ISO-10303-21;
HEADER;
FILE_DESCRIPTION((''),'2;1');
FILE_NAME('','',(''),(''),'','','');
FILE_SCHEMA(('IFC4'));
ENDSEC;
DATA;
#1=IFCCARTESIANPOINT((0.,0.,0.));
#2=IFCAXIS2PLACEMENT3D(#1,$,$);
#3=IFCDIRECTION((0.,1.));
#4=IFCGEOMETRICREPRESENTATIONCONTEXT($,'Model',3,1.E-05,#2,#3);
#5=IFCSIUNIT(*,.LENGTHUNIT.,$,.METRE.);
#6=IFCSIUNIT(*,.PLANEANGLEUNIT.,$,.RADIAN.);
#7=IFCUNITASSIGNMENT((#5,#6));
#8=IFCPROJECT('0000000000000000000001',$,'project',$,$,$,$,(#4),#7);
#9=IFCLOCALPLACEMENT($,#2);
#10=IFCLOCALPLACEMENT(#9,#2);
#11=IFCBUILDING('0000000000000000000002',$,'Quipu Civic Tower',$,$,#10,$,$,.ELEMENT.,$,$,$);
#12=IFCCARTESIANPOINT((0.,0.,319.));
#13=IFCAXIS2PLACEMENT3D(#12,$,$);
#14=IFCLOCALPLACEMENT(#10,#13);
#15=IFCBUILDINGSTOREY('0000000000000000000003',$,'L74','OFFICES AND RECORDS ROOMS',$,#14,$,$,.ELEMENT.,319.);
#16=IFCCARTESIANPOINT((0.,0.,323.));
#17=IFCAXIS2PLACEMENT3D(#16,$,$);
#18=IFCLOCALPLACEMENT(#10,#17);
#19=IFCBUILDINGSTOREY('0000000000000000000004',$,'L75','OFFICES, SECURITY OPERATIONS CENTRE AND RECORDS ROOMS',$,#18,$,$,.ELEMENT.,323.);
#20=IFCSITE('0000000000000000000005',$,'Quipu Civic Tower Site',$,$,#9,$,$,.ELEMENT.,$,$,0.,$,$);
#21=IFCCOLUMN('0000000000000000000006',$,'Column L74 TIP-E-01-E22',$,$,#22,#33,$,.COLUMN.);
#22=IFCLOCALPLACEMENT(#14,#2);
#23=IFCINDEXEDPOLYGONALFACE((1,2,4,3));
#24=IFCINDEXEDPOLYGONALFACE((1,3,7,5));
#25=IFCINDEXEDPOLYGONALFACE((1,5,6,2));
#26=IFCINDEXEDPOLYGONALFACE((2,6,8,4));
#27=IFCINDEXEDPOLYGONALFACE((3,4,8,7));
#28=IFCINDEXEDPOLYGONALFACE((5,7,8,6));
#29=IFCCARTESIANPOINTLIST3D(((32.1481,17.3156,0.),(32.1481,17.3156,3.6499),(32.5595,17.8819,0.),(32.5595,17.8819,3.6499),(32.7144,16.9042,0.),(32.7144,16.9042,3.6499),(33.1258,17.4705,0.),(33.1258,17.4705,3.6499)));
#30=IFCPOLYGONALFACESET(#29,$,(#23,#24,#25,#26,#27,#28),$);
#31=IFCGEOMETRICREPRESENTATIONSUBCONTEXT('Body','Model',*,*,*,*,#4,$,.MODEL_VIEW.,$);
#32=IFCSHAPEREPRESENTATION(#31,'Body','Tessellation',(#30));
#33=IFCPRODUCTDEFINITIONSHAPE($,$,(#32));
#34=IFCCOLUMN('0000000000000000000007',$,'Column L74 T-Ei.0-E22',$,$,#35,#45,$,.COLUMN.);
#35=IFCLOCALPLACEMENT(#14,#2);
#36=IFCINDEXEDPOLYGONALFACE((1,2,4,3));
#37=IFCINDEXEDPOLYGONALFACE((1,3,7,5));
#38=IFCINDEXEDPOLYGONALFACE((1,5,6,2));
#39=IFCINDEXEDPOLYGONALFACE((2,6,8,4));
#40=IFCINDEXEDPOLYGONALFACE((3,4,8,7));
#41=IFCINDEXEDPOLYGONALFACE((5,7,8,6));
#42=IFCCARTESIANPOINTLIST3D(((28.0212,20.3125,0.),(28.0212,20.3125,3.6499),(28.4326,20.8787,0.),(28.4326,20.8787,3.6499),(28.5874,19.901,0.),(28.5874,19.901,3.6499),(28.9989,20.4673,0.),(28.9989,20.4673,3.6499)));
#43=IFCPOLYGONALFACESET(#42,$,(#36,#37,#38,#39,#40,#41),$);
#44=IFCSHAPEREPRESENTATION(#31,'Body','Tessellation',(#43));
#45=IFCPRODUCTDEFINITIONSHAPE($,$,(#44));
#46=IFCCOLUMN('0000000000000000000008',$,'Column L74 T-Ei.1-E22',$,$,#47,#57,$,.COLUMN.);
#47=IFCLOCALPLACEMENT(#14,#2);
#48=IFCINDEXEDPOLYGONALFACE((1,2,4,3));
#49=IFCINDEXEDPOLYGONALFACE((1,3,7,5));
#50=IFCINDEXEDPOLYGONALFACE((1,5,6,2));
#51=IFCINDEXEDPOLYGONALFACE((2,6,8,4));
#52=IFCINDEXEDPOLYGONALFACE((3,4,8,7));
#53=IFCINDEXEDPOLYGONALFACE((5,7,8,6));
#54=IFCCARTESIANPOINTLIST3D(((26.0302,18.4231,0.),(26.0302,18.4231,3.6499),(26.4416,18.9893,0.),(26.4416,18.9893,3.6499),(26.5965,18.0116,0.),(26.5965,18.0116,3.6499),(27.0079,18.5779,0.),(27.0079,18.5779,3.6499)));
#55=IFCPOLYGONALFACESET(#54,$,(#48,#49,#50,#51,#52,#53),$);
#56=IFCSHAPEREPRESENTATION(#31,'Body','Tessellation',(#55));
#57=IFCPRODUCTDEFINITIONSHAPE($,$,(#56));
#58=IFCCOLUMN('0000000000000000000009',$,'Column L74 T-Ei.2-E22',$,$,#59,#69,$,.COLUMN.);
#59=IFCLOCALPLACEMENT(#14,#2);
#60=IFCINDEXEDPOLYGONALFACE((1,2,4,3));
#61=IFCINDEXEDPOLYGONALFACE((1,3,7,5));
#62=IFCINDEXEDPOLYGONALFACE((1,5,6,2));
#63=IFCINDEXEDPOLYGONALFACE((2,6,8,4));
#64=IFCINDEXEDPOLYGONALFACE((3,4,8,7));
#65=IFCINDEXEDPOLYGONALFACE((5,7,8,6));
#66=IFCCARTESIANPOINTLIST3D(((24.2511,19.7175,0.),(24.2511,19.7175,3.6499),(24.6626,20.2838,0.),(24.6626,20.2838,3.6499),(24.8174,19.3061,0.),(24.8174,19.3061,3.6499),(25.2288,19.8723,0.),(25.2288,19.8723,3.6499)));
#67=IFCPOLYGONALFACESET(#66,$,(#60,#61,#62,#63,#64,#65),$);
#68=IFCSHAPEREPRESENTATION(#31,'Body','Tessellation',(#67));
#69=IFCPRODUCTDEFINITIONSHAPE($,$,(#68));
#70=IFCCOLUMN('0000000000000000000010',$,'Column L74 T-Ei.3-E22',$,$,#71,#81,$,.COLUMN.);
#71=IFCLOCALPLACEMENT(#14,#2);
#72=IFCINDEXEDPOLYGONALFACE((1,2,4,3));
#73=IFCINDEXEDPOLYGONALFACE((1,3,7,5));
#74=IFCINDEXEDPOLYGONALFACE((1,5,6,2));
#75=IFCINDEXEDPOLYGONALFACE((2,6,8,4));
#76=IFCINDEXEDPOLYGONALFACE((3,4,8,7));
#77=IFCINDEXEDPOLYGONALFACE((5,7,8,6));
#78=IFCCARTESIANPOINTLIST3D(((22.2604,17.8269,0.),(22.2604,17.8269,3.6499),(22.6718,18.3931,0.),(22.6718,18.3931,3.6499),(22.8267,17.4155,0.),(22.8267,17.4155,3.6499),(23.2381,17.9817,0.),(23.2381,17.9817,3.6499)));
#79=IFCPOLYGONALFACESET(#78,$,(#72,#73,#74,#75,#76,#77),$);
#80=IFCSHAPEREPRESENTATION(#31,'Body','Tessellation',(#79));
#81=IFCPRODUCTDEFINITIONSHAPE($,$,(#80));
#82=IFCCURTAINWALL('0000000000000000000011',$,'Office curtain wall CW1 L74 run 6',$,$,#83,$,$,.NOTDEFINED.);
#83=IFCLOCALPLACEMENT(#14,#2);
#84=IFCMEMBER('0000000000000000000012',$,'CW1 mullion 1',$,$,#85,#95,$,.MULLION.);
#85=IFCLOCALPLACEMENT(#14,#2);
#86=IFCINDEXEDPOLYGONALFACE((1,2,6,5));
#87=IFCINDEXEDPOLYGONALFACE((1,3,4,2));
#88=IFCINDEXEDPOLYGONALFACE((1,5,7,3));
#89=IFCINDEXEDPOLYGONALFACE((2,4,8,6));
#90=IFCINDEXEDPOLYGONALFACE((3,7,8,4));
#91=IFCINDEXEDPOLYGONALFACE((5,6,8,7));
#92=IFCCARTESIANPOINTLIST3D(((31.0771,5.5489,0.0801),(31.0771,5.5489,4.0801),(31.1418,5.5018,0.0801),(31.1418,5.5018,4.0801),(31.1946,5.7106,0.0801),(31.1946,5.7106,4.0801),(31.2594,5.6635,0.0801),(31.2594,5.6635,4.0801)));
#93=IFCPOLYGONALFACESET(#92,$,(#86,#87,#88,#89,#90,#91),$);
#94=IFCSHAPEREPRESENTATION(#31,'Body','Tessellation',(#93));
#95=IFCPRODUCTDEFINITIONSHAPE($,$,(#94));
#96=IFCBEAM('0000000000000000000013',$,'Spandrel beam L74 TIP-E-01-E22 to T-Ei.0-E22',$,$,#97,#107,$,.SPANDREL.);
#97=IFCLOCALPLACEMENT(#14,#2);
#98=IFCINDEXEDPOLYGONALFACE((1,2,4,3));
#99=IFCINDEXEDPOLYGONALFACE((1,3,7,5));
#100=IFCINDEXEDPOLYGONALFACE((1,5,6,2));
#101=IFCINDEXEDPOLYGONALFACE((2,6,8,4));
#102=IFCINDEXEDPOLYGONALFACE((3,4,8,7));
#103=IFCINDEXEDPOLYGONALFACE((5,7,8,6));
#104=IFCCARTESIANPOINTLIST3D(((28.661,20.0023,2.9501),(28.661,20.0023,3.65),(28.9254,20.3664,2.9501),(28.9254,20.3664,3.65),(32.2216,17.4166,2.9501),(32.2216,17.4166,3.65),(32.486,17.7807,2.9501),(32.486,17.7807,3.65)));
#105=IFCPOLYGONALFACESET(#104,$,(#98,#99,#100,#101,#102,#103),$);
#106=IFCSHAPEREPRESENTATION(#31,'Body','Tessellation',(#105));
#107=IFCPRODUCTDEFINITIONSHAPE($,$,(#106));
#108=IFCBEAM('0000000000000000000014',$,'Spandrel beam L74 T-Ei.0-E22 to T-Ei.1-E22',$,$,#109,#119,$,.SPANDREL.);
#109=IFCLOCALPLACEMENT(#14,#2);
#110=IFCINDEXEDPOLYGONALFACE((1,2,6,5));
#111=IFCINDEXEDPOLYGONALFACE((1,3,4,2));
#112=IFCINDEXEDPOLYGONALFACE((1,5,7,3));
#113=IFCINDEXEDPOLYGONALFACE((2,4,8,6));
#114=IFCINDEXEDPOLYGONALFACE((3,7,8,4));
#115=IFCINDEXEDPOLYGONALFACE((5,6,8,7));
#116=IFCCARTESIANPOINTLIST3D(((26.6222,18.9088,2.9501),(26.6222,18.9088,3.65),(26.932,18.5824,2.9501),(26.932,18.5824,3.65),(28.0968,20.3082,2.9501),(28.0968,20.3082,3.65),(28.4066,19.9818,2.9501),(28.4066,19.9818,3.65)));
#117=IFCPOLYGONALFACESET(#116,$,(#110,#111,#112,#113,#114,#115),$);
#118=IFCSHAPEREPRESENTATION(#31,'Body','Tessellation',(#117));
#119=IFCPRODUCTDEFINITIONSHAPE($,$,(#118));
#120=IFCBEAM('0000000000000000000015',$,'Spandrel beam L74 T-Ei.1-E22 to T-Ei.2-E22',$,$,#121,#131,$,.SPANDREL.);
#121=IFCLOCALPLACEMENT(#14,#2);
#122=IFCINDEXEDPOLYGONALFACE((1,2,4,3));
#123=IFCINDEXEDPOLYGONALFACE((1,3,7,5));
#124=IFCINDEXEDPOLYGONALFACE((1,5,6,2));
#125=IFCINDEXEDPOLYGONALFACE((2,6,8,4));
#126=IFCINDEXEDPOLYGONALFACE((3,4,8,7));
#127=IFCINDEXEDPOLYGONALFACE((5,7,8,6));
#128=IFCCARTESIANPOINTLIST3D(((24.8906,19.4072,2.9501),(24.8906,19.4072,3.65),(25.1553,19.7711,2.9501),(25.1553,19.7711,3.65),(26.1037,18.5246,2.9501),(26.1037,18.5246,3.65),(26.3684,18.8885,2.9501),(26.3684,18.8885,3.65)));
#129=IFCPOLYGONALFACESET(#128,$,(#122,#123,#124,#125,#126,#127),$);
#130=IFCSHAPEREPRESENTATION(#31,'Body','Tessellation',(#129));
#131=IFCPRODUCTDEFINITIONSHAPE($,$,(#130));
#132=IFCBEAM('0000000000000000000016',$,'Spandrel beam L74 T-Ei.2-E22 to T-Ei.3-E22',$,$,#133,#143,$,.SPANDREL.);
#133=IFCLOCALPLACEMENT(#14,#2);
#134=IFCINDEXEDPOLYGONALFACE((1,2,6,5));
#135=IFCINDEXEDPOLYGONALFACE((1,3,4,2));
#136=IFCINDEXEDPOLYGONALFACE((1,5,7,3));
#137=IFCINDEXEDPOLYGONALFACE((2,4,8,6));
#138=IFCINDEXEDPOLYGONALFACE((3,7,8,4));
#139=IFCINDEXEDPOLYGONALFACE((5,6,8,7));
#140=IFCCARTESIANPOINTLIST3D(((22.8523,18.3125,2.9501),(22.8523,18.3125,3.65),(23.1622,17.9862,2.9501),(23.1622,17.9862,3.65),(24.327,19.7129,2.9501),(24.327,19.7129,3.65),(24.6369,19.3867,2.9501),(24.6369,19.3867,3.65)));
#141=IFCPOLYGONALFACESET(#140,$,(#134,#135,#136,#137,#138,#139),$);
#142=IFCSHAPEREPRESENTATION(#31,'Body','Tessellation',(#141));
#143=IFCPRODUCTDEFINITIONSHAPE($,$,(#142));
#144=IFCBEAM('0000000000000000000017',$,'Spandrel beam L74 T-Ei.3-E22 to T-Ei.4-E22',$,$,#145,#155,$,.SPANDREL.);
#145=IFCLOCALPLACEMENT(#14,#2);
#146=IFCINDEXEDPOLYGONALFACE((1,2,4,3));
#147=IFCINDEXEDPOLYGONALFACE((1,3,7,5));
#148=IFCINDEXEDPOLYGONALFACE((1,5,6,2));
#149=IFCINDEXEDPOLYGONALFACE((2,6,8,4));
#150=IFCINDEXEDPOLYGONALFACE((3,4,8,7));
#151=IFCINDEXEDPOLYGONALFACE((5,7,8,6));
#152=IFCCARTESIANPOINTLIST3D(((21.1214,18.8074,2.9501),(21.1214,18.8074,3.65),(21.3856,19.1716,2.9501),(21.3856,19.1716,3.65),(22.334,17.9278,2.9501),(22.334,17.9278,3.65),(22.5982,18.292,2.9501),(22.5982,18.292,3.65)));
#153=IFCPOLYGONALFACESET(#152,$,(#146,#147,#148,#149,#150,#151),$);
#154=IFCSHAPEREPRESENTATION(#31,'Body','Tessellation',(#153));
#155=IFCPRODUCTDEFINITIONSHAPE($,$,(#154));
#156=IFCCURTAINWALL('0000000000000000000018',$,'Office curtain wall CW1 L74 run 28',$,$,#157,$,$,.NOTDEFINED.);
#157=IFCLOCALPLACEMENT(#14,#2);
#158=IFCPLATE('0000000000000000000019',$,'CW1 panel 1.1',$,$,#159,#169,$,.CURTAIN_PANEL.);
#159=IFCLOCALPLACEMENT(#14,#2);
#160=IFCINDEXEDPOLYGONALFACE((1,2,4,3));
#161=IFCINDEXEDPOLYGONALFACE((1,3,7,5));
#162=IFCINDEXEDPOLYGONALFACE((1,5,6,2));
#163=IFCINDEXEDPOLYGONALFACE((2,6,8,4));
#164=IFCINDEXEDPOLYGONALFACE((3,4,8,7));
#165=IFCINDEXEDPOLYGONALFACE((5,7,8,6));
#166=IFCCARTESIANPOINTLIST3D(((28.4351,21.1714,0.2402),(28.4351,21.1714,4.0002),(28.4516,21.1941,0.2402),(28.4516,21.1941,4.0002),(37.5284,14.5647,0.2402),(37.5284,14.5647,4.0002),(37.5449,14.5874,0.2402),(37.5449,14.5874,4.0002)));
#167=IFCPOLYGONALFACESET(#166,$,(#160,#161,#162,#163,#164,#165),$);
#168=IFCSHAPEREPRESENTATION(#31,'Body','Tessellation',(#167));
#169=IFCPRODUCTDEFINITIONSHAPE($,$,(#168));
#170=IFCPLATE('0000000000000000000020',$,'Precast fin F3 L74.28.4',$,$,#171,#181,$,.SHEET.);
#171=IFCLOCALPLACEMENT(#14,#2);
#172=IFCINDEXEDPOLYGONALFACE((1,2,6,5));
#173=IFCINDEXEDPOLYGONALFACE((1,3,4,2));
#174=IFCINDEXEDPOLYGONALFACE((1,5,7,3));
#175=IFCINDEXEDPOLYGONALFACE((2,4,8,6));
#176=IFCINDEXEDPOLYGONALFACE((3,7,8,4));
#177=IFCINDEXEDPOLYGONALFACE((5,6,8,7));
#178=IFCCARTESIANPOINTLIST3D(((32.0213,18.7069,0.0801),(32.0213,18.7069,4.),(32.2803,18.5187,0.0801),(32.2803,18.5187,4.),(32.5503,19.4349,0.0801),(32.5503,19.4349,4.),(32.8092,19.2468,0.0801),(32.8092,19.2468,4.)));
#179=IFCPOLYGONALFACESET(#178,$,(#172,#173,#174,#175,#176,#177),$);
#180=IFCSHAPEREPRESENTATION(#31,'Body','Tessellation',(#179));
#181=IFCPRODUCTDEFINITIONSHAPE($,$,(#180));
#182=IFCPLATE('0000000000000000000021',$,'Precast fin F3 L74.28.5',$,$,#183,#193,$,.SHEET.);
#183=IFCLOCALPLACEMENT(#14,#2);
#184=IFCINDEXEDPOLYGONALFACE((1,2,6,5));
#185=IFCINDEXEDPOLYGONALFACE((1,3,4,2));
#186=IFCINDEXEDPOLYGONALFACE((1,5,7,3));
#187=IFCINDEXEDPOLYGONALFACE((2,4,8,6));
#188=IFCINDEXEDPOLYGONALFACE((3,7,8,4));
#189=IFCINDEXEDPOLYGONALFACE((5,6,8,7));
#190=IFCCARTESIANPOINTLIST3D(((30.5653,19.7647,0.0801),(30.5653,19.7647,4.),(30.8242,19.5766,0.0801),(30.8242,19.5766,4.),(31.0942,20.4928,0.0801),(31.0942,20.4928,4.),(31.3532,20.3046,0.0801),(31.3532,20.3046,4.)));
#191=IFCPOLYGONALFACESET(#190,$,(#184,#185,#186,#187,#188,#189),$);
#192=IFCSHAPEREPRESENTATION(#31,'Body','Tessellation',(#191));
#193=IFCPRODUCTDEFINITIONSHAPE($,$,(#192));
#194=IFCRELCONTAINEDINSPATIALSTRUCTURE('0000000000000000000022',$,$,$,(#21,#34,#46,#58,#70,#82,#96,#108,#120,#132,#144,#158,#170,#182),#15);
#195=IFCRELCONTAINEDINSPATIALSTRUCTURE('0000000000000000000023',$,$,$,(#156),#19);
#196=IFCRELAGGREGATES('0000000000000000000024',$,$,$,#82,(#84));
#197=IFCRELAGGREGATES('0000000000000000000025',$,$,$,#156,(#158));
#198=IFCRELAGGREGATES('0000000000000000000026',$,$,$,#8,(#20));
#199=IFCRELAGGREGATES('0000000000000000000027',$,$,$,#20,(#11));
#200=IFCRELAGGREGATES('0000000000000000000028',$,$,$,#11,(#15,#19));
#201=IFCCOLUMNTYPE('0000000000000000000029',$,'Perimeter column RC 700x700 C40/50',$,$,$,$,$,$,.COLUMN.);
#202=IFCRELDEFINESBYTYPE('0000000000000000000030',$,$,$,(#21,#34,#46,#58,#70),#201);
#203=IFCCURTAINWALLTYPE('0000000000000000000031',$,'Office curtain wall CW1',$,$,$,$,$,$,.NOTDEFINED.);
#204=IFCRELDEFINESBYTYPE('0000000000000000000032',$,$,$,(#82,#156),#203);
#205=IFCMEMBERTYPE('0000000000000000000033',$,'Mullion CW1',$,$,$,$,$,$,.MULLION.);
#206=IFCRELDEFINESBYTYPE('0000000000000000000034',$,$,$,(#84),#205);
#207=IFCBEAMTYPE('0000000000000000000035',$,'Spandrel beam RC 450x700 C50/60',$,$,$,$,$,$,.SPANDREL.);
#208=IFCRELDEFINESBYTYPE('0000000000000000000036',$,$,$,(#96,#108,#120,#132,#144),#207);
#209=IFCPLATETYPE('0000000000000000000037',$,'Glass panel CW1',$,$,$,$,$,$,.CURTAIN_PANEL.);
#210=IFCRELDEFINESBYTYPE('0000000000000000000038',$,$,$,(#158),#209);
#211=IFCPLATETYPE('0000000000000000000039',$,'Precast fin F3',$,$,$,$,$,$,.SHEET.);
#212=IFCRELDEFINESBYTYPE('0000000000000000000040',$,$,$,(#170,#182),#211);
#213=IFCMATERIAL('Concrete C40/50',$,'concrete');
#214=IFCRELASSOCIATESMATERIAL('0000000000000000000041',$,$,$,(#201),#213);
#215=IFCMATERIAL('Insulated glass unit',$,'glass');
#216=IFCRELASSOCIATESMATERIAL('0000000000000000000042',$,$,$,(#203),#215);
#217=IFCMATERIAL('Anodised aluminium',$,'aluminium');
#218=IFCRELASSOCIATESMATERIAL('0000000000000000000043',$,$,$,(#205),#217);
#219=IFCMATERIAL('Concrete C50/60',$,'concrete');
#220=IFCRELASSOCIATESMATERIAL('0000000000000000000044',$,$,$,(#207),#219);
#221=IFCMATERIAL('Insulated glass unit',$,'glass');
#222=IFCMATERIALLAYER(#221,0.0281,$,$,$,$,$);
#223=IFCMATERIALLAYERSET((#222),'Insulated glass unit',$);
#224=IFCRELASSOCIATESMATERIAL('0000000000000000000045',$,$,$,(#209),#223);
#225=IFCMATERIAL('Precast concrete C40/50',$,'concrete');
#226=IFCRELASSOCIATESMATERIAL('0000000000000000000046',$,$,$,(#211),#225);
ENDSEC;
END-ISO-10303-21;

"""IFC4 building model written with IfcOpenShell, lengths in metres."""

from ifc_helpers import new_model, si_unit, direction, frame, origin, origin_2d, place, context, subcontext, project, spatial, rectangle, extrude, material, layer, layer_set, material_profile, profile_set, type_object, element, aggregate, save


model = new_model("IFC4")

# Units and contexts
model_context = context("Model", 3, precision=1e-05, world=origin(), true_north=direction((0.0, 1.0)))
body_context = subcontext(model_context, "Body", "Model", "MODEL_VIEW")
ifc_project = project(units=[si_unit("LENGTHUNIT", "METRE"), si_unit("PLANEANGLEUNIT", "RADIAN")], contexts=[model_context])

# Site, building, storey
site_placement = place(None, origin())
site = spatial("IfcSite", under=ifc_project, at=site_placement, Name="Quipu Civic Tower Site", CompositionType="ELEMENT", RefElevation=0.0)
building_placement = place(site_placement, origin())
building = spatial("IfcBuilding", under=site, at=building_placement, Name="Quipu Civic Tower", CompositionType="ELEMENT")
storey_1_placement = place(building_placement, frame((0.0, 0.0, 319.0)))
storey_1 = spatial("IfcBuildingStorey", under=building, at=storey_1_placement, Name="L74", Description="OFFICES AND RECORDS ROOMS", CompositionType="ELEMENT", Elevation=319.0)

# Columns
ifc_material_1 = material(Name="Concrete C40/50", Category="concrete")
ifc_material_profile_1 = material_profile(ifc_material_1, rectangle(XDim=0.7, YDim=0.7, at=origin_2d()), Name="RC700x700")
ifc_profile_set_1 = profile_set([ifc_material_profile_1], Name="Concrete C40/50")
column_type = type_object("IfcColumnType", Name="Perimeter column RC 700x700 C40/50", PredefinedType="COLUMN", material=ifc_profile_set_1)
for number, where, z_axis, x_axis, name in (
    (1, (32.637, 17.3931, 0.0), (0.0, 0.0, 1.0), (-0.809017, 0.587785, 0.0), "Column L74 TIP-E-01-E22"),
    (2, (28.51, 20.3899, 0.0), (0.0, 0.0, 1.0), (-0.587785, -0.809017, 0.0), "Column L74 T-Ei.0-E22"),
    (3, (26.519, 18.5005, 0.0), (0.0, 0.0, 1.0), (-0.809017, 0.587785, 0.0), "Column L74 T-Ei.1-E22"),
    (4, (24.74, 19.7949, 0.0), (0.0, 0.0, 1.0), (-0.587785, -0.809017, 0.0), "Column L74 T-Ei.2-E22"),
    (5, (22.7493, 17.9043, 0.0), (0.0, 0.0, 1.0), (-0.587785, -0.809017, 0.0), "Column L74 T-Ei.3-E22"),
):
    element("IfcColumn", number, at=place(storey_1_placement, frame(where, z_axis=z_axis, x_axis=x_axis)), inside=storey_1, type_object=column_type, Name=name, PredefinedType="COLUMN", context=body_context, shape_type="SweptSolid", body=[
        extrude(rectangle(XDim=0.7, YDim=0.7, at=origin_2d()), origin(), (0.0, 0.0, 1.0), 3.6499),
    ])

# Curtain wall, member
ifc_material_2 = material(Name="Insulated glass unit", Category="glass")
curtain_wall_type = type_object("IfcCurtainWallType", Name="Office curtain wall CW1", PredefinedType="NOTDEFINED", material=ifc_material_2)
curtain_wall_1_placement = place(storey_1_placement, origin())
curtain_wall_1 = element("IfcCurtainWall", 6, at=curtain_wall_1_placement, inside=storey_1, type_object=curtain_wall_type, Name="Office curtain wall CW1 L74 run 6", PredefinedType="NOTDEFINED")
ifc_material_3 = material(Name="Anodised aluminium", Category="aluminium")
ifc_material_profile_2 = material_profile(ifc_material_3, rectangle(XDim=0.2, YDim=0.0801, at=origin_2d()), Name="RECT 200x80")
ifc_profile_set_2 = profile_set([ifc_material_profile_2], Name="Anodised aluminium")
member_type = type_object("IfcMemberType", Name="Mullion CW1", PredefinedType="MULLION", material=ifc_profile_set_2)
member_placement = place(storey_1_placement, frame((31.1682, 5.6062, 0.0801), z_axis=(0.0, 0.0, 1.0), x_axis=(0.58778, 0.809021, 0.0)))
member = element("IfcMember", 7, at=member_placement, type_object=member_type, Name="CW1 mullion 1", PredefinedType="MULLION", context=body_context, shape_type="SweptSolid", body=[
    extrude(rectangle(XDim=0.2, YDim=0.0801, at=origin_2d()), origin(), (0.0, 0.0, 1.0), 4.0),
])
aggregate(curtain_wall_1, [member])

# Beams
ifc_material_4 = material(Name="Concrete C50/60", Category="concrete")
ifc_material_profile_3 = material_profile(ifc_material_4, rectangle(XDim=0.45, YDim=0.7, at=origin_2d()), Name="RC450x700")
ifc_profile_set_3 = profile_set([ifc_material_profile_3], Name="Concrete C50/60")
beam_type = type_object("IfcBeamType", Name="Spandrel beam RC 450x700 C50/60", PredefinedType="SPANDREL", material=ifc_profile_set_3)
beam_1_placement = place(storey_1_placement, frame((32.3538, 17.5986, 3.3), z_axis=(-0.809146, 0.587607, 0.0), x_axis=(-0.587607, -0.809146, 0.0)))
element("IfcBeam", 8, at=beam_1_placement, inside=storey_1, type_object=beam_type, Name="Spandrel beam L74 TIP-E-01-E22 to T-Ei.0-E22", PredefinedType="SPANDREL", context=body_context, shape_type="SweptSolid", body=[
    extrude(rectangle(XDim=0.45, YDim=0.7, at=origin_2d()), origin(), (0.0, 0.0, 1.0), 4.4004),
])
beam_2_placement = place(storey_1_placement, frame((28.2517, 20.145, 3.3), z_axis=(-0.725359, -0.688371, 0.0), x_axis=(0.688371, -0.725359, 0.0)))
element("IfcBeam", 9, at=beam_2_placement, inside=storey_1, type_object=beam_type, Name="Spandrel beam L74 T-Ei.0-E22 to T-Ei.1-E22", PredefinedType="SPANDREL", context=body_context, shape_type="SweptSolid", body=[
    extrude(rectangle(XDim=0.45, YDim=0.7, at=origin_2d()), origin(), (0.0, 0.0, 1.0), 2.033),
])
beam_3_placement = place(storey_1_placement, frame((26.2361, 18.7065, 3.3), z_axis=(-0.808645, 0.588297, 0.0), x_axis=(-0.588297, -0.808645, 0.0)))
element("IfcBeam", 10, at=beam_3_placement, inside=storey_1, type_object=beam_type, Name="Spandrel beam L74 T-Ei.1-E22 to T-Ei.2-E22", PredefinedType="SPANDREL", context=body_context, shape_type="SweptSolid", body=[
    extrude(rectangle(XDim=0.45, YDim=0.7, at=origin_2d()), origin(), (0.0, 0.0, 1.0), 1.5002),
])
beam_4_placement = place(storey_1_placement, frame((24.4819, 19.5498, 3.3), z_axis=(-0.725119, -0.688623, 0.0), x_axis=(0.688623, -0.725119, 0.0)))
element("IfcBeam", 11, at=beam_4_placement, inside=storey_1, type_object=beam_type, Name="Spandrel beam L74 T-Ei.2-E22 to T-Ei.3-E22", PredefinedType="SPANDREL", context=body_context, shape_type="SweptSolid", body=[
    extrude(rectangle(XDim=0.45, YDim=0.7, at=origin_2d()), origin(), (0.0, 0.0, 1.0), 2.0337),
])
beam_5_placement = place(storey_1_placement, frame((22.4661, 18.1099, 3.3), z_axis=(-0.809461, 0.587173, 0.0), x_axis=(-0.587173, -0.809461, 0.0)))
element("IfcBeam", 12, at=beam_5_placement, inside=storey_1, type_object=beam_type, Name="Spandrel beam L74 T-Ei.3-E22 to T-Ei.4-E22", PredefinedType="SPANDREL", context=body_context, shape_type="SweptSolid", body=[
    extrude(rectangle(XDim=0.45, YDim=0.7, at=origin_2d()), origin(), (0.0, 0.0, 1.0), 1.498),
])

# Shared definitions
storey_2_placement = place(building_placement, frame((0.0, 0.0, 323.0)))
storey_2 = spatial("IfcBuildingStorey", under=building, at=storey_2_placement, Name="L75", Description="OFFICES, SECURITY OPERATIONS CENTRE AND RECORDS ROOMS", CompositionType="ELEMENT", Elevation=323.0)

# Curtain wall, plate
curtain_wall_2_placement = place(storey_2_placement, origin())
curtain_wall_2 = element("IfcCurtainWall", 13, at=curtain_wall_2_placement, inside=storey_2, type_object=curtain_wall_type, Name="Office curtain wall CW1 L74 run 28", PredefinedType="NOTDEFINED")
ifc_material_5 = material(Name="Insulated glass unit", Category="glass")
ifc_layer_1 = layer(ifc_material_5, 0.0281)
ifc_layer_set_1 = layer_set([ifc_layer_1], Name="Insulated glass unit")
plate_type_1 = type_object("IfcPlateType", Name="Glass panel CW1", PredefinedType="CURTAIN_PANEL", material=ifc_layer_set_1)
plate_placement = place(storey_1_placement, frame((32.99, 17.8794, 0.2402), z_axis=(0.0, 0.0, 1.0), x_axis=(-0.809015, 0.587788, 0.0)))
plate = element("IfcPlate", 14, at=plate_placement, inside=storey_1, type_object=plate_type_1, Name="CW1 panel 1.1", PredefinedType="CURTAIN_PANEL", context=body_context, shape_type="SweptSolid", body=[
    extrude(rectangle(XDim=11.24, YDim=0.0281, at=origin_2d()), origin(), (0.0, 0.0, 1.0), 3.76),
])
aggregate(curtain_wall_2, [plate])

# Plates
ifc_material_6 = material(Name="Precast concrete C40/50", Category="concrete")
plate_type_2 = type_object("IfcPlateType", Name="Precast fin F3", PredefinedType="SHEET", material=ifc_material_6)
for number, where, z_axis, x_axis, name in (
    (15, (32.4153, 18.9768, 0.0801), (0.0, 0.0, 1.0), (-0.809017, 0.587785, 0.0), "Precast fin F3 L74.28.4"),
    (16, (30.9592, 20.0347, 0.0801), (0.0, 0.0, 1.0), (-0.809017, 0.587785, 0.0), "Precast fin F3 L74.28.5"),
):
    element("IfcPlate", number, at=place(storey_1_placement, frame(where, z_axis=z_axis, x_axis=x_axis)), inside=storey_1, type_object=plate_type_2, Name=name, PredefinedType="SHEET", context=body_context, shape_type="SweptSolid", body=[
        extrude(rectangle(XDim=0.3201, YDim=0.8999, at=origin_2d()), origin(), (0.0, 0.0, 1.0), 3.9199),
    ])

save(model, "model.ifc")
